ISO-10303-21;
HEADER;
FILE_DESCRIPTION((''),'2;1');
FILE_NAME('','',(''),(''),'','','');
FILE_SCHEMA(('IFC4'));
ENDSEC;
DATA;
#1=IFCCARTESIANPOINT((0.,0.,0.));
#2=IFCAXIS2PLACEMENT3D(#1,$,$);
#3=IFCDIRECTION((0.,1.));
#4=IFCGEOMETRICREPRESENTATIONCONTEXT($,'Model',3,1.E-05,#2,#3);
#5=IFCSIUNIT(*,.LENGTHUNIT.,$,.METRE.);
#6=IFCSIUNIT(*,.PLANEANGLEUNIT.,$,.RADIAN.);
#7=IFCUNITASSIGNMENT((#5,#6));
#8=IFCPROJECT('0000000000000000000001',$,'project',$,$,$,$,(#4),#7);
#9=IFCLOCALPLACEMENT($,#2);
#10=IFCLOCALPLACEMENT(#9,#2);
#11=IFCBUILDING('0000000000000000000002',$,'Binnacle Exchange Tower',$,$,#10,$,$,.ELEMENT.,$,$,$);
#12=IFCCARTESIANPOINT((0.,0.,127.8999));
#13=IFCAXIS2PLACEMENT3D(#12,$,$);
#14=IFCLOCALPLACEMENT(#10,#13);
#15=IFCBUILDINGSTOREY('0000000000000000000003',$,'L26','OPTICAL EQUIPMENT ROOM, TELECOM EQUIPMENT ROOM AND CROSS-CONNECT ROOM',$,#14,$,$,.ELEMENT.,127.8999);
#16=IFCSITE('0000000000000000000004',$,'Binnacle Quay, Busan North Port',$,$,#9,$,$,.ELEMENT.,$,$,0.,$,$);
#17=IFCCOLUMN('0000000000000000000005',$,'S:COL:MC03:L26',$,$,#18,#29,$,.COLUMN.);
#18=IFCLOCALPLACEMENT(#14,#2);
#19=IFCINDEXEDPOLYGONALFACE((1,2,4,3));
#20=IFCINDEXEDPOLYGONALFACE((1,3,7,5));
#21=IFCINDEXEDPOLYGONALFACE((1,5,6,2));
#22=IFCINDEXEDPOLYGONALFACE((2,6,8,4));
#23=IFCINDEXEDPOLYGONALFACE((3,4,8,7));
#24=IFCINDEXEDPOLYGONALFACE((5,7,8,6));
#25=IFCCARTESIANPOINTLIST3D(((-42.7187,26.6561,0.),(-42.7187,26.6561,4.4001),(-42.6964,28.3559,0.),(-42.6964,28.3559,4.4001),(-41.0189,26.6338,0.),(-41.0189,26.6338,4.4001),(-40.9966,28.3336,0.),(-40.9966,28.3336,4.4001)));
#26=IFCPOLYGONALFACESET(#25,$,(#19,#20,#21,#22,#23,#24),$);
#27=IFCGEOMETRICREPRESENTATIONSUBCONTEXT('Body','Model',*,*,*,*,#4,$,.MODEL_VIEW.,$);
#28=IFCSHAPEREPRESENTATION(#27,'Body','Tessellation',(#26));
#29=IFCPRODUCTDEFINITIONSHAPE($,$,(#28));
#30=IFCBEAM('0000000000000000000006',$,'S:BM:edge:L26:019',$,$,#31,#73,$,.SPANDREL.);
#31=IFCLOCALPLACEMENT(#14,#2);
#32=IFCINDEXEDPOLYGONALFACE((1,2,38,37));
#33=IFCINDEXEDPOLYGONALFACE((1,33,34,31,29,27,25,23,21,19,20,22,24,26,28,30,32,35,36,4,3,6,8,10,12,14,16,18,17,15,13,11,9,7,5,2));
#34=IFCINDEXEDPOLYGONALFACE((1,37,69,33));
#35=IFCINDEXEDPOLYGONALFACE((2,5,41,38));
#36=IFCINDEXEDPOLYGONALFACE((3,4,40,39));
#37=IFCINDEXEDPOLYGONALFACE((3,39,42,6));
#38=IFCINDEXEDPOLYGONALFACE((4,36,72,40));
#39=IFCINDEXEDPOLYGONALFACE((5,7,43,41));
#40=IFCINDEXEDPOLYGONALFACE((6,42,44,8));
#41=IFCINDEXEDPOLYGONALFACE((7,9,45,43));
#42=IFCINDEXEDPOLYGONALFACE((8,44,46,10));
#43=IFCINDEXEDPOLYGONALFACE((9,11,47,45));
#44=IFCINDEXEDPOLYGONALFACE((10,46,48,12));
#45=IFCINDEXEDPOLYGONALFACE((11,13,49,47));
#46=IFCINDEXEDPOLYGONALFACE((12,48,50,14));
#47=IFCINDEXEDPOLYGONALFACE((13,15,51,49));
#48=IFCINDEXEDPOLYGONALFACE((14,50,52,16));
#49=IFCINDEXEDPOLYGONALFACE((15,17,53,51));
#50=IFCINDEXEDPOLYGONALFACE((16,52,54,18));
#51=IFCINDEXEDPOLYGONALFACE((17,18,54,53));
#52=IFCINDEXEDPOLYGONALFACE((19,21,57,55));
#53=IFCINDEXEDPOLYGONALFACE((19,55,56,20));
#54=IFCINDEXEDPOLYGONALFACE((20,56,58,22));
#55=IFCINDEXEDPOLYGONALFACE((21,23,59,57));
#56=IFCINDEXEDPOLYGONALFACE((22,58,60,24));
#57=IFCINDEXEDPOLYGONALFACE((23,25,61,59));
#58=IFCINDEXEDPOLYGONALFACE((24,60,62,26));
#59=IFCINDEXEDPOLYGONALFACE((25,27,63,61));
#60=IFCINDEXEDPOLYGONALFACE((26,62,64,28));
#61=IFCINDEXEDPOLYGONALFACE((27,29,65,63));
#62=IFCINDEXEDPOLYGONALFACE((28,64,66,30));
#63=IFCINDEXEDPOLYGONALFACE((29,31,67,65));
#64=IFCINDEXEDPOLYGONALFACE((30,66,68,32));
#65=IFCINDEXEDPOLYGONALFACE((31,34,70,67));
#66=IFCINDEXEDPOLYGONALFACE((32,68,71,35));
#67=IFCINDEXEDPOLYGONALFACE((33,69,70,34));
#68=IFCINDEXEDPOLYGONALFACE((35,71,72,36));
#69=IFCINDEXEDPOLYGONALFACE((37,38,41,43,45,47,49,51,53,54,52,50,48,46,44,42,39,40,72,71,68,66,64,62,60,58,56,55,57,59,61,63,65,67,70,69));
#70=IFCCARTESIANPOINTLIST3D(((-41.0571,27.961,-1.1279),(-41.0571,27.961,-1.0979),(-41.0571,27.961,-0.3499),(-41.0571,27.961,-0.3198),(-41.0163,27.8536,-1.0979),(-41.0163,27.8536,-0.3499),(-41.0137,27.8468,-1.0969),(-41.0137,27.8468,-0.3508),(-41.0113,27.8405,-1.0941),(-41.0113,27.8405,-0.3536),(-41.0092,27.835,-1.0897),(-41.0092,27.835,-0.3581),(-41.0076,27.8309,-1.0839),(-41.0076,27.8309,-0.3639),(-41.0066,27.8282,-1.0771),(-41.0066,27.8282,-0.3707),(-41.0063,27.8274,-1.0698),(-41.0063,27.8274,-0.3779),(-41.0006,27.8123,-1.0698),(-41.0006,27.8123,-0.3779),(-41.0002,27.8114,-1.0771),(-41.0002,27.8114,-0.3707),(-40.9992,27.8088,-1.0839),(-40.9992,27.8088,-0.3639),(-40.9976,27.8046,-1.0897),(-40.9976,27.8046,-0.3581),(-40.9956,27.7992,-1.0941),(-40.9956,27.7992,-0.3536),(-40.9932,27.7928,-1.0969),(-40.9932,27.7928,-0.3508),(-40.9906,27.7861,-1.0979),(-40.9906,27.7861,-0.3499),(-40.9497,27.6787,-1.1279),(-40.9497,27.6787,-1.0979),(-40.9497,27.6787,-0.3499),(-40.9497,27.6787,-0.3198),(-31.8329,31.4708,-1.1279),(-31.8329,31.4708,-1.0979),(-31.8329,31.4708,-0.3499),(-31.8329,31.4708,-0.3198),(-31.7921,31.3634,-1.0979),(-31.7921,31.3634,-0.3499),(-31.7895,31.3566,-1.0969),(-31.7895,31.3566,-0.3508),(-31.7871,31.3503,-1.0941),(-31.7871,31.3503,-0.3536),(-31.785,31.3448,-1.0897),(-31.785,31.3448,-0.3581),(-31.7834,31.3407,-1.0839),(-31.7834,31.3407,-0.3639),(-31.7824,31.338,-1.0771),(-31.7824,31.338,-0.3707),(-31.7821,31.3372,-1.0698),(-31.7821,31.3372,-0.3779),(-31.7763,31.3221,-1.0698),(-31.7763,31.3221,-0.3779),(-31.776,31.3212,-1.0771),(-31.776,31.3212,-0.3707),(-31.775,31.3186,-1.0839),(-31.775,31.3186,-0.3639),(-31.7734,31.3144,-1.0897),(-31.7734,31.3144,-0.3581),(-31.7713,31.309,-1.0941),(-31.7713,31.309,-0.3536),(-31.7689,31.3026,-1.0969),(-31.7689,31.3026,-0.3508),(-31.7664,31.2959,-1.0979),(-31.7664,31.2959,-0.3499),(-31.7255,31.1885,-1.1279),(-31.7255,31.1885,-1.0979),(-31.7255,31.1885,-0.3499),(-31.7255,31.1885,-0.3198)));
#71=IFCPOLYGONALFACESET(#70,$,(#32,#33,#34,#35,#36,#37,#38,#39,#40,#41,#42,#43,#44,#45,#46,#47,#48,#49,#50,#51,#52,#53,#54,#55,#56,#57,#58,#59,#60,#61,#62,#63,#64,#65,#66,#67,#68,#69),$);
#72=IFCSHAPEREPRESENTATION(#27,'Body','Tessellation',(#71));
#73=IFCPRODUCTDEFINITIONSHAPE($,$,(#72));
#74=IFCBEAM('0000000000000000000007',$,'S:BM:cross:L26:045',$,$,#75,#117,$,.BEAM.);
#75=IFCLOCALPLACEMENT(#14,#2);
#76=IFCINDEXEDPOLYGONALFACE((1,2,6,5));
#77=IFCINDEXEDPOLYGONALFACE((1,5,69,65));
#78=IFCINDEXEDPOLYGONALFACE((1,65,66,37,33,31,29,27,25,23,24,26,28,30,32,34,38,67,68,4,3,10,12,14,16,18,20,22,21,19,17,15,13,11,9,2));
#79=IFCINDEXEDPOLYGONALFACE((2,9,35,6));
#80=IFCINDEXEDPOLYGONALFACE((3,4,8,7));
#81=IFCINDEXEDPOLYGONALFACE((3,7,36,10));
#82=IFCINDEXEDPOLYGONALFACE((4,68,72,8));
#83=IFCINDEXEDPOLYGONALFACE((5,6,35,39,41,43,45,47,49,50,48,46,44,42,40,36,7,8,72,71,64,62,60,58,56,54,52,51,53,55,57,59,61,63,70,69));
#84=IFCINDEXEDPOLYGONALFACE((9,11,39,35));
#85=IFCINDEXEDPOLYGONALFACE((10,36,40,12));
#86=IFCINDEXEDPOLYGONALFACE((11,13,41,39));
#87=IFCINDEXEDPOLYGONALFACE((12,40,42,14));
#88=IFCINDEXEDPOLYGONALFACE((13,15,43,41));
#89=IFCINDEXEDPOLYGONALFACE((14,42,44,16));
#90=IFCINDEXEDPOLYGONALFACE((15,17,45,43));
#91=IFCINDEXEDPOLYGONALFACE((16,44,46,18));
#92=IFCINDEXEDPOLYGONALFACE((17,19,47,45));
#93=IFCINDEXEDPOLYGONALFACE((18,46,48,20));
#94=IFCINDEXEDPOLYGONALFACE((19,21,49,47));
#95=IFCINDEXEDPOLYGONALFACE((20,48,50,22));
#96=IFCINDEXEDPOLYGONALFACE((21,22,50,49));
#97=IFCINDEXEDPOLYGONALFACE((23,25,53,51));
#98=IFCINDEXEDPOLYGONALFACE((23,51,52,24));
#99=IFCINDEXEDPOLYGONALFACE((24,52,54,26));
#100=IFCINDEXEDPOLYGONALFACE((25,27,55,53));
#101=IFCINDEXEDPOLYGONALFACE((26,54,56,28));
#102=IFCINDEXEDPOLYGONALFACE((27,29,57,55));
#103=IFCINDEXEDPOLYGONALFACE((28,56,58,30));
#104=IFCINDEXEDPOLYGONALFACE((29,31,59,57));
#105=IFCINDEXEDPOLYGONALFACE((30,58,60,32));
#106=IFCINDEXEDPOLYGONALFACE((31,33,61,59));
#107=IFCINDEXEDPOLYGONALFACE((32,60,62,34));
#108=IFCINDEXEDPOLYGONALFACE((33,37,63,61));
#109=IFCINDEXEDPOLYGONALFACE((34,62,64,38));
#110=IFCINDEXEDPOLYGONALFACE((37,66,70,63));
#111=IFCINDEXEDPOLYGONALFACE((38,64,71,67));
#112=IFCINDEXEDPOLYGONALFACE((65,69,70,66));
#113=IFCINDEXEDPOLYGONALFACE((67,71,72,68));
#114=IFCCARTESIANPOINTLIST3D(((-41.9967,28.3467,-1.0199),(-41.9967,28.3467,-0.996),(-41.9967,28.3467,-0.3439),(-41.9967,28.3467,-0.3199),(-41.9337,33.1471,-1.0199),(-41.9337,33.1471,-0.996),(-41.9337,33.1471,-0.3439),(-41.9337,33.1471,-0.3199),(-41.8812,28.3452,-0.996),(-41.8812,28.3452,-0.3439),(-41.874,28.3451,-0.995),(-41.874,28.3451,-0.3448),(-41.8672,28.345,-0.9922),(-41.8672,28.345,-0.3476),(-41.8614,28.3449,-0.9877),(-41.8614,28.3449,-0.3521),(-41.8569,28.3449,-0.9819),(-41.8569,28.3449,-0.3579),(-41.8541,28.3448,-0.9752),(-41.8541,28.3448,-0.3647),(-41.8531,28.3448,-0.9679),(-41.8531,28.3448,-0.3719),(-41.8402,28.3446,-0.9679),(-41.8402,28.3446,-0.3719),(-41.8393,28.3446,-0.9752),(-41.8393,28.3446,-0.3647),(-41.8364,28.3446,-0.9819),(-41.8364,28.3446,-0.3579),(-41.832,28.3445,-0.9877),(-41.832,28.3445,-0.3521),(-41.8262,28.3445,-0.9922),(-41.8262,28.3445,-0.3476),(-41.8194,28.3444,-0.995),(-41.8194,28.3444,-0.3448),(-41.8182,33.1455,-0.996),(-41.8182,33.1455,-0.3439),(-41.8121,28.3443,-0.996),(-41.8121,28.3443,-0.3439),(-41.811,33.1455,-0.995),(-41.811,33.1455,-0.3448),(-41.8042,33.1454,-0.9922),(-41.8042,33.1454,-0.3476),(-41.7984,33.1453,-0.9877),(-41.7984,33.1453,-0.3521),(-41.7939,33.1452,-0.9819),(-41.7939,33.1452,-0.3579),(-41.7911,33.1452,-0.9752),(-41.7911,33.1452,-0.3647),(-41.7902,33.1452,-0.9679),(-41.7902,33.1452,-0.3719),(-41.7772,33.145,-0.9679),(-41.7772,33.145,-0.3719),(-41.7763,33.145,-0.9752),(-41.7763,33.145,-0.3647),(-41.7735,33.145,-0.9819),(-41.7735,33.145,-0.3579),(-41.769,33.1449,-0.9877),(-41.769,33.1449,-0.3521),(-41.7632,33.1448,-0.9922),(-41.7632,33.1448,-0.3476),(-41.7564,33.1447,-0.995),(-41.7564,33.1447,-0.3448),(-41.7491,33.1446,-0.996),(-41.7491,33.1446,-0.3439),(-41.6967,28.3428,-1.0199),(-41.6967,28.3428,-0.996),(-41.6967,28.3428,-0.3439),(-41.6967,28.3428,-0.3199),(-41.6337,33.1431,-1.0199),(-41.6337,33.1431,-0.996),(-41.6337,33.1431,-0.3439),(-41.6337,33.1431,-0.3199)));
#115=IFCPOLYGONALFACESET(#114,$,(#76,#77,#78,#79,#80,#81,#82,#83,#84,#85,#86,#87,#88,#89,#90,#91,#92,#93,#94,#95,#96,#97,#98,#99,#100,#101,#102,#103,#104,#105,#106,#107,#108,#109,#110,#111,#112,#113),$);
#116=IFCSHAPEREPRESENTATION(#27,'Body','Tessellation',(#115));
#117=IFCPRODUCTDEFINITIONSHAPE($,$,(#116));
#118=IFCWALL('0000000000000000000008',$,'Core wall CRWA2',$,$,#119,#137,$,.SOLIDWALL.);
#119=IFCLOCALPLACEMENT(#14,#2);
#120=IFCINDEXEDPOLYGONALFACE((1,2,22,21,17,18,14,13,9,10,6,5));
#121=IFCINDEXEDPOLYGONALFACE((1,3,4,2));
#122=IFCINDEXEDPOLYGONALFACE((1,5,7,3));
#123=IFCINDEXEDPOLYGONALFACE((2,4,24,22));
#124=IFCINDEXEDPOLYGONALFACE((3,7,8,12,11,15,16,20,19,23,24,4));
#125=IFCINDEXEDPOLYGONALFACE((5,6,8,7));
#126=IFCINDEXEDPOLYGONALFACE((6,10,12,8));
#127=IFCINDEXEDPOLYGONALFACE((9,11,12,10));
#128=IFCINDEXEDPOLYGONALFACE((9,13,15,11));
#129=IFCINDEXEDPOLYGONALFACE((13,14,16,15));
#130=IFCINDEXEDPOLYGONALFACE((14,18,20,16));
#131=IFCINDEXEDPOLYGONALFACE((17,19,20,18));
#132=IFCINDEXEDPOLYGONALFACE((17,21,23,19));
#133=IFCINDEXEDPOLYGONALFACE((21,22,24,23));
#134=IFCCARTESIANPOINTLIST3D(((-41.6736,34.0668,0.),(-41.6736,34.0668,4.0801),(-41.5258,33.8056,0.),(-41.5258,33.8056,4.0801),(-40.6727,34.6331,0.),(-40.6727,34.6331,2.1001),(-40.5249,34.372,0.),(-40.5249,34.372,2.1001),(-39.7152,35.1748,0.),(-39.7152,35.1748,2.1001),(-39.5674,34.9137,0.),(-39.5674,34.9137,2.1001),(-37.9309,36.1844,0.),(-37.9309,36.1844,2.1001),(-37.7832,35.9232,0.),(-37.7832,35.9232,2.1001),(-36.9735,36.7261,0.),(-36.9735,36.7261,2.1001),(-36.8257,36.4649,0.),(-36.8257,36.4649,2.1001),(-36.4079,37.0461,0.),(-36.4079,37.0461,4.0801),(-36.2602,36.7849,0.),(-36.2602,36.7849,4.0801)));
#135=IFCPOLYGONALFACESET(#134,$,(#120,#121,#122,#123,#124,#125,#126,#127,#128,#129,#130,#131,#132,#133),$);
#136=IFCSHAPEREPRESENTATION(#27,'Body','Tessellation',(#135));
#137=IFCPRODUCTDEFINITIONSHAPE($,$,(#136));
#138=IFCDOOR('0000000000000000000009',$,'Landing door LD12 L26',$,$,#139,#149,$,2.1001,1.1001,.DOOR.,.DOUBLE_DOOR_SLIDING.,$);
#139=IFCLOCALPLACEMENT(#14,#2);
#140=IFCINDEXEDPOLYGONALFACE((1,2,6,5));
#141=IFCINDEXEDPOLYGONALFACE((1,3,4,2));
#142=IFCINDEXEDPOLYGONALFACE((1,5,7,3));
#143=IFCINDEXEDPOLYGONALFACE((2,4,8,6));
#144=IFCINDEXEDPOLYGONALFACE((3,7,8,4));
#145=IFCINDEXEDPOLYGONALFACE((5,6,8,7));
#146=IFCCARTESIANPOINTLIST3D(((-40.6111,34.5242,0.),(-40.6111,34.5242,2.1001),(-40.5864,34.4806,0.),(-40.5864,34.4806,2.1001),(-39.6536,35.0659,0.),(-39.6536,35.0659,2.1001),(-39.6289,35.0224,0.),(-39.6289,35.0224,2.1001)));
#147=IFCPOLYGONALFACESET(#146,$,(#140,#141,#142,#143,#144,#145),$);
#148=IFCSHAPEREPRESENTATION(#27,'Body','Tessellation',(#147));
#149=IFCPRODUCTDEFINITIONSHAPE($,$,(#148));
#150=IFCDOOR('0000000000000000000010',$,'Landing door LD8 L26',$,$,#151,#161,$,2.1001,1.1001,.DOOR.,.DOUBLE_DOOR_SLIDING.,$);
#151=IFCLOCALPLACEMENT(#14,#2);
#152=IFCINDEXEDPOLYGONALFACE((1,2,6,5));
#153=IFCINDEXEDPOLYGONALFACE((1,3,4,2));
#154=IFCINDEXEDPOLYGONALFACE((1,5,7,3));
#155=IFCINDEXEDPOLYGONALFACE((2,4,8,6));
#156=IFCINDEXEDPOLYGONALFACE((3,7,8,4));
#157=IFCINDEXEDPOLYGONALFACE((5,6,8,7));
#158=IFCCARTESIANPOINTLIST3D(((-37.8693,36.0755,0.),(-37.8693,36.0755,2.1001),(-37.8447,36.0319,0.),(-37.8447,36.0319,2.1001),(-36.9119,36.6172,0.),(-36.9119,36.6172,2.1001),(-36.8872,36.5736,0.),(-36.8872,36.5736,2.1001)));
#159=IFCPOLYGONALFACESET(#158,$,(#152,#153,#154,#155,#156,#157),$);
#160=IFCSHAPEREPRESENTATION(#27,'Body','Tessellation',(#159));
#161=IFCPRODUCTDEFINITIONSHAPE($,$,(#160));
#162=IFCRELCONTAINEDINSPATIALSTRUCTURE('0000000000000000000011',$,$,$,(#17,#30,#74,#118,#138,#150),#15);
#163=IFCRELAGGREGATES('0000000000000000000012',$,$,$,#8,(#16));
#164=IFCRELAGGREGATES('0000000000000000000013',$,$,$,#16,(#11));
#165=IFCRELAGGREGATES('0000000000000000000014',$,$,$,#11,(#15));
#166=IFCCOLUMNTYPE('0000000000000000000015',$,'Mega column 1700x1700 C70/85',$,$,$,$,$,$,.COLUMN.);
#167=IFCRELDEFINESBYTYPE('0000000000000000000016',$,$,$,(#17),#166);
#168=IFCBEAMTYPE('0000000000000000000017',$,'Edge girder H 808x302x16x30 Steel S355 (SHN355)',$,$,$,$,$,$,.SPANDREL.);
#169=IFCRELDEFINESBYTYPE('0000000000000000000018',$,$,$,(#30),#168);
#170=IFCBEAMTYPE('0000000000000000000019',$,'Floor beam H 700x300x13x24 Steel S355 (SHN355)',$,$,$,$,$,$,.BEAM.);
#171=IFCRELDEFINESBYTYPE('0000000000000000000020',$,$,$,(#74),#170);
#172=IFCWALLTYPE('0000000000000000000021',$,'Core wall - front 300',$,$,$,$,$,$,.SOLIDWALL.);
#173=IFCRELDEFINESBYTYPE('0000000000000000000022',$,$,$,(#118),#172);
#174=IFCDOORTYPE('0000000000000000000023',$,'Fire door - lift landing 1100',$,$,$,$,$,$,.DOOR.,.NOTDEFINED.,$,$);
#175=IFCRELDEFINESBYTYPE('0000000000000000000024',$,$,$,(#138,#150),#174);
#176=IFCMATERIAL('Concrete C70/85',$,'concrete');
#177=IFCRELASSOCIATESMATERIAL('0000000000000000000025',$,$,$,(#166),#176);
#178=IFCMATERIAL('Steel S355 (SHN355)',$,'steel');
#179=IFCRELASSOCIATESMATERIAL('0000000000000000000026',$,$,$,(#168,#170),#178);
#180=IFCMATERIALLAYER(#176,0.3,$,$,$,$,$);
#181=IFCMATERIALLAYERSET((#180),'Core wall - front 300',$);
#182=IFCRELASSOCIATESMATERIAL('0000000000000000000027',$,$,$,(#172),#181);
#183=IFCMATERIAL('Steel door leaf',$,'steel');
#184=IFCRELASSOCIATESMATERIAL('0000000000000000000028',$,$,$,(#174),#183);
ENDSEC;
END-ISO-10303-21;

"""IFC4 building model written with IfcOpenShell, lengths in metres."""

from ifc_helpers import new_model, si_unit, direction, frame, frame_2d, origin, origin_2d, place, context, subcontext, project, spatial, rectangle, i_section, extrude, material, layer, layer_set, material_profile, profile_set, type_object, element, fill, save


model = new_model("IFC4")

# Units and contexts
model_context = context("Model", 3, precision=1e-05, world=origin(), true_north=direction((0.0, 1.0)))
body_context = subcontext(model_context, "Body", "Model", "MODEL_VIEW")
ifc_project = project(units=[si_unit("LENGTHUNIT", "METRE"), si_unit("PLANEANGLEUNIT", "RADIAN")], contexts=[model_context])

# Site, building, storey
site_placement = place(None, origin())
site = spatial("IfcSite", under=ifc_project, at=site_placement, Name="Binnacle Quay, Busan North Port", CompositionType="ELEMENT", RefElevation=0.0)
building_placement = place(site_placement, origin())
building = spatial("IfcBuilding", under=site, at=building_placement, Name="Binnacle Exchange Tower", CompositionType="ELEMENT")
storey_placement = place(building_placement, frame((0.0, 0.0, 127.8999)))
storey = spatial("IfcBuildingStorey", under=building, at=storey_placement, Name="L26", Description="OPTICAL EQUIPMENT ROOM, TELECOM EQUIPMENT ROOM AND CROSS-CONNECT ROOM", CompositionType="ELEMENT", Elevation=127.8999)

# Column
ifc_material_1 = material(Name="Concrete C70/85", Category="concrete")
ifc_material_profile_1 = material_profile(ifc_material_1, rectangle(XDim=1.7, YDim=1.7, at=origin_2d()), Name="Mega column 1700x1700 C70/85")
ifc_profile_set_1 = profile_set([ifc_material_profile_1], Name="Concrete C70/85")
column_type = type_object("IfcColumnType", Name="Mega column 1700x1700 C70/85", PredefinedType="COLUMN", material=ifc_profile_set_1)
column_placement = place(storey_placement, frame((-41.8577, 27.4949, 0.0), z_axis=(0.0, 0.0, 1.0), x_axis=(0.999914, -0.01309, 0.0)))
element("IfcColumn", 1, at=column_placement, inside=storey, type_object=column_type, Name="S:COL:MC03:L26", PredefinedType="COLUMN", context=body_context, shape_type="SweptSolid", body=[
    extrude(rectangle(XDim=1.7, YDim=1.7, at=origin_2d()), origin(), (0.0, 0.0, 1.0), 4.4001),
])

# Beams
ifc_material_2 = material(Name="Steel S355 (SHN355)", Category="steel")
ifc_material_profile_2 = material_profile(ifc_material_2, i_section(OverallWidth=0.302, OverallDepth=0.8081, WebThickness=0.0161, FlangeThickness=0.03, FilletRadius=0.0281, at=origin_2d()), Name="H 808x302x16x30")
ifc_profile_set_2 = profile_set([ifc_material_profile_2], Name="Steel S355 (SHN355)")
beam_type_1 = type_object("IfcBeamType", Name="Edge girder H 808x302x16x30 Steel S355 (SHN355)", PredefinedType="SPANDREL", material=ifc_profile_set_2)
beam_1_placement = place(storey_placement, frame((-41.0034, 27.8198, -0.7239), z_axis=(0.934629, 0.355625, 0.0), x_axis=(-0.355625, 0.934629, 0.0)))
element("IfcBeam", 2, at=beam_1_placement, inside=storey, type_object=beam_type_1, Name="S:BM:edge:L26:019", PredefinedType="SPANDREL", context=body_context, shape_type="SweptSolid", body=[
    extrude(i_section(OverallWidth=0.302, OverallDepth=0.8081, WebThickness=0.0161, FlangeThickness=0.03, FilletRadius=0.0281, at=origin_2d()), origin(), (0.0, 0.0, 1.0), 9.8694),
])
ifc_material_profile_3 = material_profile(ifc_material_2, i_section(OverallWidth=0.3, OverallDepth=0.7, WebThickness=0.0129, FlangeThickness=0.0239, FilletRadius=0.0281, at=origin_2d()), Name="H 700x300x13x24")
ifc_profile_set_3 = profile_set([ifc_material_profile_3], Name="Steel S355 (SHN355)")
beam_type_2 = type_object("IfcBeamType", Name="Floor beam H 700x300x13x24 Steel S355 (SHN355)", PredefinedType="BEAM", material=ifc_profile_set_3)
beam_2_placement = place(storey_placement, frame((-41.8467, 28.3447, -0.6699), z_axis=(0.013121, 0.999914, 0.0), x_axis=(-0.999914, 0.013121, 0.0)))
element("IfcBeam", 3, at=beam_2_placement, inside=storey, type_object=beam_type_2, Name="S:BM:cross:L26:045", PredefinedType="BEAM", context=body_context, shape_type="SweptSolid", body=[
    extrude(i_section(OverallWidth=0.3, OverallDepth=0.7, WebThickness=0.0129, FlangeThickness=0.0239, FilletRadius=0.0281, at=origin_2d()), origin(), (0.0, 0.0, 1.0), 4.8008),
])

# Wall, openings, doors
ifc_layer_1 = layer(ifc_material_1, 0.3)
ifc_layer_set_1 = layer_set([ifc_layer_1], Name="Core wall - front 300")
wall_type_1 = type_object("IfcWallType", Name="Core wall - front 300", PredefinedType="SOLIDWALL", material=ifc_layer_set_1)
wall_1_placement = place(storey_placement, frame((-41.5996, 33.9363, 0.0), z_axis=(0.0, 0.0, 1.0), x_axis=(0.870349, 0.492436, 0.0)))
wall_1 = element("IfcWall", 4, at=wall_1_placement, inside=storey, type_object=wall_type_1, Name="Core wall CRWA2", PredefinedType="SOLIDWALL", context=body_context, shape_type="SweptSolid", body=[
    extrude(rectangle(XDim=6.05, YDim=0.3, at=frame_2d((3.0249, 0.0))), origin(), (0.0, 0.0, 1.0), 4.0801),
])
opening_1_placement = place(wall_1_placement, frame((1.1499, 0.0, 0.0)))
opening_1 = element("IfcOpeningElement", 5, at=opening_1_placement, cuts=wall_1, PredefinedType="OPENING", context=body_context, shape_type="SweptSolid", body=[
    extrude(rectangle(XDim=1.1001, YDim=2.1001, at=frame_2d((0.55, 1.05))), frame((0.0, 0.1599, 0.0), z_axis=(0.0, -1.0, 0.0), x_axis=(1.0, 0.0, 0.0)), (0.0, 0.0, 1.0), 0.3201),
])
opening_2_placement = place(wall_1_placement, frame((4.3, 0.0, 0.0)))
opening_2 = element("IfcOpeningElement", 6, at=opening_2_placement, cuts=wall_1, PredefinedType="OPENING", context=body_context, shape_type="SweptSolid", body=[
    extrude(rectangle(XDim=1.1001, YDim=2.1001, at=frame_2d((0.55, 1.05))), frame((0.0, 0.1599, 0.0), z_axis=(0.0, -1.0, 0.0), x_axis=(1.0, 0.0, 0.0)), (0.0, 0.0, 1.0), 0.3201),
])
ifc_material_3 = material(Name="Steel door leaf", Category="steel")
door_type_1 = type_object("IfcDoorType", Name="Fire door - lift landing 1100", OperationType="NOTDEFINED", PredefinedType="DOOR", material=ifc_material_3)
door_1_placement = place(opening_1_placement, origin())
door_1 = element("IfcDoor", 7, at=door_1_placement, inside=storey, type_object=door_type_1, Name="Landing door LD12 L26", OperationType="DOUBLE_DOOR_SLIDING", OverallHeight=2.1001, OverallWidth=1.1001, PredefinedType="DOOR", context=body_context, shape_type="SweptSolid", body=[
    extrude(rectangle(XDim=1.1001, YDim=2.1001, at=frame_2d((0.55, 1.05))), frame((0.0, 0.0249, 0.0), z_axis=(0.0, -1.0, 0.0), x_axis=(1.0, 0.0, 0.0)), (0.0, 0.0, 1.0), 0.05),
])
fill(opening_1, door_1)
door_2_placement = place(opening_2_placement, origin())
door_2 = element("IfcDoor", 8, at=door_2_placement, inside=storey, type_object=door_type_1, Name="Landing door LD8 L26", OperationType="DOUBLE_DOOR_SLIDING", OverallHeight=2.1001, OverallWidth=1.1001, PredefinedType="DOOR", context=body_context, shape_type="SweptSolid", body=[
    extrude(rectangle(XDim=1.1001, YDim=2.1001, at=frame_2d((0.55, 1.05))), frame((0.0, 0.0249, 0.0), z_axis=(0.0, -1.0, 0.0), x_axis=(1.0, 0.0, 0.0)), (0.0, 0.0, 1.0), 0.05),
])
fill(opening_2, door_2)

save(model, "model.ifc")
